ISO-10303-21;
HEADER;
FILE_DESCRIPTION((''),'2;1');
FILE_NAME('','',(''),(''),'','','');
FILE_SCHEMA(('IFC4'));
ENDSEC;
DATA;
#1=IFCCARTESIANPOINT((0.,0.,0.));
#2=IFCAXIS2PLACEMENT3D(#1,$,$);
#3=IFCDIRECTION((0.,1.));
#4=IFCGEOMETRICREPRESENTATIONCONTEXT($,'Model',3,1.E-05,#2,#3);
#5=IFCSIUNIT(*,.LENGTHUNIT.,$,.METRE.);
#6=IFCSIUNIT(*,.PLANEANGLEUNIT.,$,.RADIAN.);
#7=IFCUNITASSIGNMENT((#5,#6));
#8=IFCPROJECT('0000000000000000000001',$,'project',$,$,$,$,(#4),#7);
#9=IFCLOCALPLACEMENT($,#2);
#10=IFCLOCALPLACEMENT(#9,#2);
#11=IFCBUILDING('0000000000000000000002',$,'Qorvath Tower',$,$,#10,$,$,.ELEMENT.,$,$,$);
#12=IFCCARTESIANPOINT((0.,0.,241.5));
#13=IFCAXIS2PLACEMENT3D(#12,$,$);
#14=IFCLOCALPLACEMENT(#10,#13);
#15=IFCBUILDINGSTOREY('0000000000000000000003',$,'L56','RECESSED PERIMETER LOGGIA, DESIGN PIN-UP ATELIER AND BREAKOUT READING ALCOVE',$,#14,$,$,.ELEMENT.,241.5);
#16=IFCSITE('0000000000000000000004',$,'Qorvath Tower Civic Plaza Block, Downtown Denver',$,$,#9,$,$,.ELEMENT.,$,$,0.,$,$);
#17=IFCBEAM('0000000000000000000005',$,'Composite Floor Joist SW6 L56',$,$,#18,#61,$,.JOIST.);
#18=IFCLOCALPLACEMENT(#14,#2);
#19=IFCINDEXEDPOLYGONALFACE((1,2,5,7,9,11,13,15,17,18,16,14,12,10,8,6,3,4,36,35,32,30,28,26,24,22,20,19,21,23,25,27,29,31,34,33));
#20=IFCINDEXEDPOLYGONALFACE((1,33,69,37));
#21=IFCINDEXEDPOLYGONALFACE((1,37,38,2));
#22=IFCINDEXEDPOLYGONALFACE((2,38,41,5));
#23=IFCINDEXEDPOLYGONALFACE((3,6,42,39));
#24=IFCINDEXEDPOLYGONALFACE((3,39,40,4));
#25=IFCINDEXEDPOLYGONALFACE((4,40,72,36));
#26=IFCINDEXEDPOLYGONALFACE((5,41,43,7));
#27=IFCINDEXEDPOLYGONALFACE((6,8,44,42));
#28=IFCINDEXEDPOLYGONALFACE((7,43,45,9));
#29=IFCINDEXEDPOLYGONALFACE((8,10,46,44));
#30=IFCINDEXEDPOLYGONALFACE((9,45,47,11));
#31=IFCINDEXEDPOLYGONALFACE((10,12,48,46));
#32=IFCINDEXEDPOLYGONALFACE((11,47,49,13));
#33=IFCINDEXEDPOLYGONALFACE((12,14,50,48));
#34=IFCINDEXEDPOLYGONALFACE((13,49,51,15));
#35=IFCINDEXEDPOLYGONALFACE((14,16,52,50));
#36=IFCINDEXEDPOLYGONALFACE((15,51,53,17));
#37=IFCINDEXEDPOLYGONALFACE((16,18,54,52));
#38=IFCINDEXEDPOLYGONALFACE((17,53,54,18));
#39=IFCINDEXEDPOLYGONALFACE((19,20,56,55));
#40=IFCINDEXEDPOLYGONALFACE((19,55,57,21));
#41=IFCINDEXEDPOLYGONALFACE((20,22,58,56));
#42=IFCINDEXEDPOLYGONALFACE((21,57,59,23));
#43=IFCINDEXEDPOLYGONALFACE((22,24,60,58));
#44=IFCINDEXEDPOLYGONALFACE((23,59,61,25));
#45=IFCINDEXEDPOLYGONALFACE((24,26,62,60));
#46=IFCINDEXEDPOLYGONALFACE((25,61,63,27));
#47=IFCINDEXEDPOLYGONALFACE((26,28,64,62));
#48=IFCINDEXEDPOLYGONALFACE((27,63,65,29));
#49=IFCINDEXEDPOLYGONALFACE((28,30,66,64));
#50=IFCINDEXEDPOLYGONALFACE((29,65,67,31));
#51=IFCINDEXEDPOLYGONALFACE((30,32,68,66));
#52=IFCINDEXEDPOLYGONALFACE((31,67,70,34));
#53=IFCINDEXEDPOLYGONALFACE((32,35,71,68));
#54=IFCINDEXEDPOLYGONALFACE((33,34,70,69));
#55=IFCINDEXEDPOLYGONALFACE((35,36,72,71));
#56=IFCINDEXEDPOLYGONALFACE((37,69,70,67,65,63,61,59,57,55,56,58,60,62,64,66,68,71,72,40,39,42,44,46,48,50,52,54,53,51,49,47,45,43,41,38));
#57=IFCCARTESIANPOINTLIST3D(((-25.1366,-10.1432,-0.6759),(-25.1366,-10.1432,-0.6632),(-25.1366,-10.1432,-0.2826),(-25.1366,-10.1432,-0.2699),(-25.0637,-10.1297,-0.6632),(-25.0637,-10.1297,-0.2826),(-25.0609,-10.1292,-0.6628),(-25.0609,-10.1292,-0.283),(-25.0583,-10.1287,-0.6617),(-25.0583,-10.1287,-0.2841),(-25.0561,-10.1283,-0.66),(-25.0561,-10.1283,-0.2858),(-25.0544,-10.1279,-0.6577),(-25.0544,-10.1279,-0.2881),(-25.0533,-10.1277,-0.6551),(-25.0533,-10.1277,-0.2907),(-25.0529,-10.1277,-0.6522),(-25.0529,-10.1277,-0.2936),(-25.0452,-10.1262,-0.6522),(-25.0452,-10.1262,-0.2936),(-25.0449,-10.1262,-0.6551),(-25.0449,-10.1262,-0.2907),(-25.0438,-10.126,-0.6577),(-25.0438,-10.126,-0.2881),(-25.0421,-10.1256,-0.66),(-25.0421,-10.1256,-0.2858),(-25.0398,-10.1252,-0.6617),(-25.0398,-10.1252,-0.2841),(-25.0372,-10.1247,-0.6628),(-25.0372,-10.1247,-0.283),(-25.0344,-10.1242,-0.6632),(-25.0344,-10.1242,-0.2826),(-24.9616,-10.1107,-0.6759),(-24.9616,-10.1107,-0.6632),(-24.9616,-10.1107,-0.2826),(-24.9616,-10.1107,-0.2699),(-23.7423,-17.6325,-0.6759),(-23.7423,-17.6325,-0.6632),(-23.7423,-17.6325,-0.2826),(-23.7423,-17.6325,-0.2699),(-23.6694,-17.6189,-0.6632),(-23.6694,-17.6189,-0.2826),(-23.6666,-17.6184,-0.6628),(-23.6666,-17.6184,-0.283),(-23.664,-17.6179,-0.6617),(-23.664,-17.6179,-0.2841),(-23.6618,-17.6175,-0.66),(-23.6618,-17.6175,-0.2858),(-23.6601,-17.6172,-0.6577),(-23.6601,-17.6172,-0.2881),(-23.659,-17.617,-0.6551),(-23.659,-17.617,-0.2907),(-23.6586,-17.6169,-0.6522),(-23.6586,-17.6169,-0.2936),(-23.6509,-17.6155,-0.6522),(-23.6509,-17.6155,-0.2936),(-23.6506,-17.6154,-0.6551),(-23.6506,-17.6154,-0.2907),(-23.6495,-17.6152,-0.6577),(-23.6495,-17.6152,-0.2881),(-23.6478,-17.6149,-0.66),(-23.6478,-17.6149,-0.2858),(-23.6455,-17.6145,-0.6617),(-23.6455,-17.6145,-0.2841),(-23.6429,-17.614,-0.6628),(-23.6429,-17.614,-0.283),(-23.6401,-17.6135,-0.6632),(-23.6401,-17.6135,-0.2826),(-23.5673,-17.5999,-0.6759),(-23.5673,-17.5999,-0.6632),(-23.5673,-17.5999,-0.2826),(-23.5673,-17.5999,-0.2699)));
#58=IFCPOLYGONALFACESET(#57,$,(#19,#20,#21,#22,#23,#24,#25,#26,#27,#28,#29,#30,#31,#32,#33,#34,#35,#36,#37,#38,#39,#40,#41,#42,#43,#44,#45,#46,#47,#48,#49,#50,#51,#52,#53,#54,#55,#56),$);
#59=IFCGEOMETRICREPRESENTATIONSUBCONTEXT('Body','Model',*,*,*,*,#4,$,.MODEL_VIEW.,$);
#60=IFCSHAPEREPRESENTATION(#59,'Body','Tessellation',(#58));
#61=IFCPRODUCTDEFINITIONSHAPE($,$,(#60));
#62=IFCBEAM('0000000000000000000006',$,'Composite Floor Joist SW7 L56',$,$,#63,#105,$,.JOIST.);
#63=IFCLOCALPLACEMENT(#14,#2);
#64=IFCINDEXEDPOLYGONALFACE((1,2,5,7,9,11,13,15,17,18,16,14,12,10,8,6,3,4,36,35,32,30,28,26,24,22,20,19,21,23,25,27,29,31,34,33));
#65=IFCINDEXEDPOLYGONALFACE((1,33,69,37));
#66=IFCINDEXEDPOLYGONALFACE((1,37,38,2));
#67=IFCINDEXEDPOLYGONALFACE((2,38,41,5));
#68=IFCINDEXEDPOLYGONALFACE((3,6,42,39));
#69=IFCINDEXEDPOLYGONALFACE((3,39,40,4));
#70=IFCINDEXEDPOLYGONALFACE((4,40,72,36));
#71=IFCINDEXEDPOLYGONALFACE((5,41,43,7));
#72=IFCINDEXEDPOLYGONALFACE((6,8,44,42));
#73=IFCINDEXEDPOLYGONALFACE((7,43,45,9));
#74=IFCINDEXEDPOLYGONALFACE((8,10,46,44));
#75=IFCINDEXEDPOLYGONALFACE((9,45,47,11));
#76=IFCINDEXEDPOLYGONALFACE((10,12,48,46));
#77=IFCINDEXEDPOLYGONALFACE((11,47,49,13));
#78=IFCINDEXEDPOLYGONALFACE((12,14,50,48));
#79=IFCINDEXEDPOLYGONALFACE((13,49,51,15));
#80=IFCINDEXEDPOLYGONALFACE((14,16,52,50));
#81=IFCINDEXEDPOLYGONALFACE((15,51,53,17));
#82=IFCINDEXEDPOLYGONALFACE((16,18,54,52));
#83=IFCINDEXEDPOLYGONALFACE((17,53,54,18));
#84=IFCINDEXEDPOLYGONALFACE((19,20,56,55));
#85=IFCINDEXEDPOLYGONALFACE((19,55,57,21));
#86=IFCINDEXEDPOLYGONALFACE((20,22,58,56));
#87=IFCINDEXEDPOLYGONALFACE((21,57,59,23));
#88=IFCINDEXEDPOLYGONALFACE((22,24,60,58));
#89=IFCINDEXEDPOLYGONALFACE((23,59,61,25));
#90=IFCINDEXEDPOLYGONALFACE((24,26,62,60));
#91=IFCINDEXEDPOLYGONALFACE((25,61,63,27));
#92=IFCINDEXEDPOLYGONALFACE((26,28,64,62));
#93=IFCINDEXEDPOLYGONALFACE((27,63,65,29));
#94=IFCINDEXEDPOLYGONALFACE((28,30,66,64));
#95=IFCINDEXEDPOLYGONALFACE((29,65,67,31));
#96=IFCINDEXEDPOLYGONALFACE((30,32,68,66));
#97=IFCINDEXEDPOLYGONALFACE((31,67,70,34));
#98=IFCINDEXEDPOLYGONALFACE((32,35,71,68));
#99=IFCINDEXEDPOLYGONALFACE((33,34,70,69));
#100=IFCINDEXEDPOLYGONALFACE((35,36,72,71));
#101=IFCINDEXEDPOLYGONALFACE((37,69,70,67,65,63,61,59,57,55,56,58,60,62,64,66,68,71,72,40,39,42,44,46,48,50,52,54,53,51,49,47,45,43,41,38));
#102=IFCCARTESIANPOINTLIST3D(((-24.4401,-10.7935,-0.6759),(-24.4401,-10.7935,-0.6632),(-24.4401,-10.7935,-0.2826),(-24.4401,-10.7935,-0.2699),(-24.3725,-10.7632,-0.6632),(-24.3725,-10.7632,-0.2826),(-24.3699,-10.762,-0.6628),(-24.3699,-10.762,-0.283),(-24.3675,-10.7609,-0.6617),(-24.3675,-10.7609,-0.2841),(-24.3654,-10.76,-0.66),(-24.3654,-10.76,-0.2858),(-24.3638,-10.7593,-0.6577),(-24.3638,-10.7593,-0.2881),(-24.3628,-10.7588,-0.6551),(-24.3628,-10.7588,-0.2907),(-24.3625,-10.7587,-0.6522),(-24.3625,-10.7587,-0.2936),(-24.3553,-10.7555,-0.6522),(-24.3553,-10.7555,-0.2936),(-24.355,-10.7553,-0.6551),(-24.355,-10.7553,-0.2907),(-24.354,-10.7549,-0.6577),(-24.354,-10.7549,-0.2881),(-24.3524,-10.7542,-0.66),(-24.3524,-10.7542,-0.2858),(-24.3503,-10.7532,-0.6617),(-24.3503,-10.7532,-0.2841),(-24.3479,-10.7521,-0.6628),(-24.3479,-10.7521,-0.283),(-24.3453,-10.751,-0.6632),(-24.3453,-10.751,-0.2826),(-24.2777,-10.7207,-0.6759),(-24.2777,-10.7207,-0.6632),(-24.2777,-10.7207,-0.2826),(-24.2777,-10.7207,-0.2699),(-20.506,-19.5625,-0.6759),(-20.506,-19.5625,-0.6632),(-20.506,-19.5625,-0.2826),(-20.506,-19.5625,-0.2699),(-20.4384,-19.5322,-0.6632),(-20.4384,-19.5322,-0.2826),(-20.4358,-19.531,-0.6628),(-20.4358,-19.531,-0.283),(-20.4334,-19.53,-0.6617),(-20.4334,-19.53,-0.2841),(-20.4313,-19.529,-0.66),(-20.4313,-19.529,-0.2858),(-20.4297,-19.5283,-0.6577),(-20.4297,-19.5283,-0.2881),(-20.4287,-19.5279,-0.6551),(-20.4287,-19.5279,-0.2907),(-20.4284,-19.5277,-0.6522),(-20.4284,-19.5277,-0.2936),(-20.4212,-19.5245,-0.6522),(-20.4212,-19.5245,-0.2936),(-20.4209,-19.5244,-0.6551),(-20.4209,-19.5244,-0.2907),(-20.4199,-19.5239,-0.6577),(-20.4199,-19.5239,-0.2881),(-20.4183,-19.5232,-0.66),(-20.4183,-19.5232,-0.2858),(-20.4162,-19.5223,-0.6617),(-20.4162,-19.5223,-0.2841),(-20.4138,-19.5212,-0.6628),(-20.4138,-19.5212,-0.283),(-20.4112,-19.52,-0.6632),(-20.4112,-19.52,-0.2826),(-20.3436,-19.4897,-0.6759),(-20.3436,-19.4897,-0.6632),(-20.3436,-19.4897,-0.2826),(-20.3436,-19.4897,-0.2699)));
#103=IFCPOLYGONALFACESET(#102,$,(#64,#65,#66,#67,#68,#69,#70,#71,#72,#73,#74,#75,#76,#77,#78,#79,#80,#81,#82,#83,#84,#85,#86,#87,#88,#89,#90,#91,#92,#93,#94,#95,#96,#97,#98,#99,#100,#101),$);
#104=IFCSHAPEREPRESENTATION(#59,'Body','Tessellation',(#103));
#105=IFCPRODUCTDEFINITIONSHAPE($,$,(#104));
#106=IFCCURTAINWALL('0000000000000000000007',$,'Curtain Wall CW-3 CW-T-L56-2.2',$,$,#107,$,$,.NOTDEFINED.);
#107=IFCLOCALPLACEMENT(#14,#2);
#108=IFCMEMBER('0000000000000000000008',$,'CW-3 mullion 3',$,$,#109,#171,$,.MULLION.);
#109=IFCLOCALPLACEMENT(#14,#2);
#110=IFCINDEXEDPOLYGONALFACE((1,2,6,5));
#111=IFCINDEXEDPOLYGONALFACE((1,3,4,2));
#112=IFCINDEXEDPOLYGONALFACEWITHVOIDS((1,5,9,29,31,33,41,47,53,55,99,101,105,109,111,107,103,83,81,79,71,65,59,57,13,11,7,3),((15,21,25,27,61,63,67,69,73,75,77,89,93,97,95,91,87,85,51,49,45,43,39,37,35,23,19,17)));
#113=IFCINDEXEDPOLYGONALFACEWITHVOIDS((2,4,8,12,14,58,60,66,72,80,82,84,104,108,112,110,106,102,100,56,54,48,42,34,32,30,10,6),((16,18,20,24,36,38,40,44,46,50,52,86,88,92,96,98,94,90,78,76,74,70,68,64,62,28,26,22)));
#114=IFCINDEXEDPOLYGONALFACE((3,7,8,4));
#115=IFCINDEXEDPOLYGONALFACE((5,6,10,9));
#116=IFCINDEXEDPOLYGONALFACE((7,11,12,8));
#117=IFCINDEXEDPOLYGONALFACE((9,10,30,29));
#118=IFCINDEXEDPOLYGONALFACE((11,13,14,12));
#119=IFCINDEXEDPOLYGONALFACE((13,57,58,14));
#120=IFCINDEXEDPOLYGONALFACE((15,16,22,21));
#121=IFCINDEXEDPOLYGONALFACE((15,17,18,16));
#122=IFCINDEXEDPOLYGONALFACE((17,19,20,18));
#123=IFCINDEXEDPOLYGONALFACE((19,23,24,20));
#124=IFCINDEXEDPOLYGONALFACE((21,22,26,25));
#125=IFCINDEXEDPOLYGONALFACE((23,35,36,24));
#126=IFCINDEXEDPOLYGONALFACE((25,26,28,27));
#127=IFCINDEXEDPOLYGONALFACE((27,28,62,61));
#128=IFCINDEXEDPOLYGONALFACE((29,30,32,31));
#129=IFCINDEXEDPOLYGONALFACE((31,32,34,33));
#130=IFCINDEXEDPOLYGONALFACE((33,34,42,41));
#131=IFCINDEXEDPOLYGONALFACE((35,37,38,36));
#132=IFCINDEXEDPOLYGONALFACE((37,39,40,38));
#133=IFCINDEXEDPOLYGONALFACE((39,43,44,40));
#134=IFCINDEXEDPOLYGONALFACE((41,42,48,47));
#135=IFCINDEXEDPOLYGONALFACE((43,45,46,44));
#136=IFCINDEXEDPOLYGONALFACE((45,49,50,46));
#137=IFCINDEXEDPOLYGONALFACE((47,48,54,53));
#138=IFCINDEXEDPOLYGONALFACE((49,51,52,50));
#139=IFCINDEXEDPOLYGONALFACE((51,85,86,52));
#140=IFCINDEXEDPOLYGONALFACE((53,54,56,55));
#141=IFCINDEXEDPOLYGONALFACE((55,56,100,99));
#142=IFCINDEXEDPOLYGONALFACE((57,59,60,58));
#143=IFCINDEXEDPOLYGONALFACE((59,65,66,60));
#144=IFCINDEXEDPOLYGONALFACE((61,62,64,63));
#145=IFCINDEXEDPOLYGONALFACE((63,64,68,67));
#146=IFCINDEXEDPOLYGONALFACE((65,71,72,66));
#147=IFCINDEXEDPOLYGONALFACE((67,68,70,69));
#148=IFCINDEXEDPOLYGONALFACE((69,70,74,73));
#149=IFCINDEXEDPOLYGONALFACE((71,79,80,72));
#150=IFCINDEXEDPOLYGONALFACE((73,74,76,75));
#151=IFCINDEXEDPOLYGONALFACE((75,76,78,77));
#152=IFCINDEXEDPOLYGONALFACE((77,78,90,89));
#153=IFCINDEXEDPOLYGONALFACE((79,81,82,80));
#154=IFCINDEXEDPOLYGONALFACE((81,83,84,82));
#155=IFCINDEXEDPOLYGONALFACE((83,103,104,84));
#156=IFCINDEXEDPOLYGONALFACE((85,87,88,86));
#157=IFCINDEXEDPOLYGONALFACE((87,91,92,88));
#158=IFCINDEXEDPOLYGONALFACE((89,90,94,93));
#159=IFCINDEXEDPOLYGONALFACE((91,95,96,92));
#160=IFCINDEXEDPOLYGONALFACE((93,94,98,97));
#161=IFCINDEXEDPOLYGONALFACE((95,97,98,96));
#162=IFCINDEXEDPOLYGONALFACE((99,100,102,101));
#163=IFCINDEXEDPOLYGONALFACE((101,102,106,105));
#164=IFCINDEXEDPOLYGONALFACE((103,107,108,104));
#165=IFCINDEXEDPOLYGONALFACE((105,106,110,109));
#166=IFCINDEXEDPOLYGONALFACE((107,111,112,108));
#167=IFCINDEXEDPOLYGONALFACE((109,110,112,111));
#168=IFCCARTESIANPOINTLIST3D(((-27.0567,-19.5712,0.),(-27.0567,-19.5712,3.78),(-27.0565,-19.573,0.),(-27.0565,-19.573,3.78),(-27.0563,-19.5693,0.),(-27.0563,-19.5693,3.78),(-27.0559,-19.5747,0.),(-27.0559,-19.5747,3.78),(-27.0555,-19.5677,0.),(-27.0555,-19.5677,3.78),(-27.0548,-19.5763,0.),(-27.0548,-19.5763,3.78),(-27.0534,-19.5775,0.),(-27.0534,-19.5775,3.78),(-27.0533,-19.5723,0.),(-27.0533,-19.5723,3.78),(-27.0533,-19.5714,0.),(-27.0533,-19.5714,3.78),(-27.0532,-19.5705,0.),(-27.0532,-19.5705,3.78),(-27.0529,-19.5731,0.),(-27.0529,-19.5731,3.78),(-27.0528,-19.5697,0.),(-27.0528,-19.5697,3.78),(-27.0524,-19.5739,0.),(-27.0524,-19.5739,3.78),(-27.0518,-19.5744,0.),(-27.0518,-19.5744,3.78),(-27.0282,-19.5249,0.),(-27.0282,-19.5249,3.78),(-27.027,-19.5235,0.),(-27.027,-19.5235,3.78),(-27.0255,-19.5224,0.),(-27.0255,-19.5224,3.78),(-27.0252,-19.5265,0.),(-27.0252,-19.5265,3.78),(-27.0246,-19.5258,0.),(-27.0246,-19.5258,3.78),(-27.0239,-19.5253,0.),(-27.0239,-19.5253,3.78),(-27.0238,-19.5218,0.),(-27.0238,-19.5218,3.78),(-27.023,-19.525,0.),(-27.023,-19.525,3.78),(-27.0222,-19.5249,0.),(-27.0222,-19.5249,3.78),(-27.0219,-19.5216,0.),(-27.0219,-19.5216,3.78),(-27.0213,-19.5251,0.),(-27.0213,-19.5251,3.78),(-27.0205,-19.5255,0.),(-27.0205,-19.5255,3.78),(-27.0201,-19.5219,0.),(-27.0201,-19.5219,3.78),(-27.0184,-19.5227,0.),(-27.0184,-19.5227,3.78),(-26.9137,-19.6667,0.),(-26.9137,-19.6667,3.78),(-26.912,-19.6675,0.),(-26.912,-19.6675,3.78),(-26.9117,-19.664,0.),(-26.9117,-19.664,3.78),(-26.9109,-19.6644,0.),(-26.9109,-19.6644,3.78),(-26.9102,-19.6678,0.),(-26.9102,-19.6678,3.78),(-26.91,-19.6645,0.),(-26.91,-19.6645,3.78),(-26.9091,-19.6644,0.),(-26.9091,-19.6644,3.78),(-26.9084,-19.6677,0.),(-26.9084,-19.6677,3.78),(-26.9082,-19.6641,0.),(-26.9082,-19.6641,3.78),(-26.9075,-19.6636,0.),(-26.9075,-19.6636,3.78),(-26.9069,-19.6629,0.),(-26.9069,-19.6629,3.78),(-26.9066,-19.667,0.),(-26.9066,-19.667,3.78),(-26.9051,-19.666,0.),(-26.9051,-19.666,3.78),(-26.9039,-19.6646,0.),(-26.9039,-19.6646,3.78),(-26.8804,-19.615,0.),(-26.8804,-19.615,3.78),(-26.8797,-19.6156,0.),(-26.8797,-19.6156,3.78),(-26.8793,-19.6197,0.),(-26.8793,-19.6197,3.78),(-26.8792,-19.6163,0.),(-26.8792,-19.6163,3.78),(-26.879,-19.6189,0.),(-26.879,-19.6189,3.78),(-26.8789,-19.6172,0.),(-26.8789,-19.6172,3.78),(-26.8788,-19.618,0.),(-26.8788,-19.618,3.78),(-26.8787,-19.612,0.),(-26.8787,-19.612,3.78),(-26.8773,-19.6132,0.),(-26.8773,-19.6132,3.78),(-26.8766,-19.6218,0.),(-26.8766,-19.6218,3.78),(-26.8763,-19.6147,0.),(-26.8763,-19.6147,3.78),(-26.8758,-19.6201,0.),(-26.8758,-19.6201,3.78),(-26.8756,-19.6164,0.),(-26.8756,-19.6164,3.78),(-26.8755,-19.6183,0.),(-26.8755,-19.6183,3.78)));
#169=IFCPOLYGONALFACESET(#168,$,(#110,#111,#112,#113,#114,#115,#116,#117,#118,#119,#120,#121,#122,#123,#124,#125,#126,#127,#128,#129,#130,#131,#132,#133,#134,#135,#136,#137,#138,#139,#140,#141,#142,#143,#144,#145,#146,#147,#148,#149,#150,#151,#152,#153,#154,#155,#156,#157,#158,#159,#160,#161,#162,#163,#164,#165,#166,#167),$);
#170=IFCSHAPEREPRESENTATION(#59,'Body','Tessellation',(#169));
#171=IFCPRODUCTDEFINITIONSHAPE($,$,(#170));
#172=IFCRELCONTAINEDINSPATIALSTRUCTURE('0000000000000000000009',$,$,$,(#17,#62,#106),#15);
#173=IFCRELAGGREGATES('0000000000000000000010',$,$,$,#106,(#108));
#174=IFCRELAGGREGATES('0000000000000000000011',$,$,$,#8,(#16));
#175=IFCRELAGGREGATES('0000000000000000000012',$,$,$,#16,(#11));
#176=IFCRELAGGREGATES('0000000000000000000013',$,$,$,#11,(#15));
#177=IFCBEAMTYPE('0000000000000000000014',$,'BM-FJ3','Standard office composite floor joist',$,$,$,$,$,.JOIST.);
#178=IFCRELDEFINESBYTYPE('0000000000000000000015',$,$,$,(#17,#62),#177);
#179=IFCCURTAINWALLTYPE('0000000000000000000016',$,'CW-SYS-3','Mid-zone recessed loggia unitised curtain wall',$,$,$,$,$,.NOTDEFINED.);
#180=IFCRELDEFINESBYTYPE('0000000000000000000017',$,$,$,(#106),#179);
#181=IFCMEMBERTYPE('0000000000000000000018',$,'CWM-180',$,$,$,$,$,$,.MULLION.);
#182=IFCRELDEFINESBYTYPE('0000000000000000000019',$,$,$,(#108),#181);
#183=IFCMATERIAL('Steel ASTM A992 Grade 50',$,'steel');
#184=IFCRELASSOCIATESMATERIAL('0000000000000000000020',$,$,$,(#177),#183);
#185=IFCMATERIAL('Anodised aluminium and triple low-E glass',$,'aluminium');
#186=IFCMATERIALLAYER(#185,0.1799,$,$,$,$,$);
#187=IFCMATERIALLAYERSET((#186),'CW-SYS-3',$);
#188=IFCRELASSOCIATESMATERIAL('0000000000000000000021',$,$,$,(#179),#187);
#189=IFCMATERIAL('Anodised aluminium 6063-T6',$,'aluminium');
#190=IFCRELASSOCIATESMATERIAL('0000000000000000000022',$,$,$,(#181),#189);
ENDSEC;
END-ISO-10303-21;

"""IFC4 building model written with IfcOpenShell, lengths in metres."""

from ifc_helpers import new_model, si_unit, direction, frame, origin, origin_2d, place, context, subcontext, project, spatial, hollow_rectangle, i_section, extrude, material, layer, layer_set, material_profile, profile_set, type_object, element, aggregate, save


model = new_model("IFC4")

# Units and contexts
model_context = context("Model", 3, precision=1e-05, world=origin(), true_north=direction((0.0, 1.0)))
body_context = subcontext(model_context, "Body", "Model", "MODEL_VIEW")
ifc_project = project(units=[si_unit("LENGTHUNIT", "METRE"), si_unit("PLANEANGLEUNIT", "RADIAN")], contexts=[model_context])

# Site, building, storey
site_placement = place(None, origin())
site = spatial("IfcSite", under=ifc_project, at=site_placement, Name="Qorvath Tower Civic Plaza Block, Downtown Denver", CompositionType="ELEMENT", RefElevation=0.0)
building_placement = place(site_placement, origin())
building = spatial("IfcBuilding", under=site, at=building_placement, Name="Qorvath Tower", CompositionType="ELEMENT")
storey_placement = place(building_placement, frame((0.0, 0.0, 241.5)))
storey = spatial("IfcBuildingStorey", under=building, at=storey_placement, Name="L56", Description="RECESSED PERIMETER LOGGIA, DESIGN PIN-UP ATELIER AND BREAKOUT READING ALCOVE", CompositionType="ELEMENT", Elevation=241.5)

# Beams
ifc_material_1 = material(Name="Steel ASTM A992 Grade 50", Category="steel")
ifc_material_profile_1 = material_profile(ifc_material_1, i_section(OverallWidth=0.178, OverallDepth=0.406, WebThickness=0.0078, FlangeThickness=0.0127, FilletRadius=0.011, at=origin_2d()), Name="W16x40")
ifc_profile_set_1 = profile_set([ifc_material_profile_1], Name="Steel ASTM A992 Grade 50")
beam_type_1 = type_object("IfcBeamType", Name="BM-FJ3", Description="Standard office composite floor joist", PredefinedType="JOIST", material=ifc_profile_set_1)
beam_1_placement = place(storey_placement, frame((-25.0491, -10.127, -0.4729), z_axis=(0.183027, -0.983108, 0.0), x_axis=(0.983108, 0.183027, 0.0)))
element("IfcBeam", 1, at=beam_1_placement, inside=storey, type_object=beam_type_1, Name="Composite Floor Joist SW6 L56", PredefinedType="JOIST", context=body_context, shape_type="SweptSolid", body=[
    extrude(i_section(OverallWidth=0.178, OverallDepth=0.406, WebThickness=0.0078, FlangeThickness=0.0127, FilletRadius=0.011, at=origin_2d()), origin(), (0.0, 0.0, 1.0), 7.6179),
])
beam_2_placement = place(storey_placement, frame((-24.3589, -10.7571, -0.4729), z_axis=(0.409327, -0.912388, 0.0), x_axis=(0.912388, 0.409327, 0.0)))
element("IfcBeam", 2, at=beam_2_placement, inside=storey, type_object=beam_type_1, Name="Composite Floor Joist SW7 L56", PredefinedType="JOIST", context=body_context, shape_type="SweptSolid", body=[
    extrude(i_section(OverallWidth=0.178, OverallDepth=0.406, WebThickness=0.0078, FlangeThickness=0.0127, FilletRadius=0.011, at=origin_2d()), origin(), (0.0, 0.0, 1.0), 9.6111),
])

# Curtain wall, member
ifc_material_2 = material(Name="Anodised aluminium and triple low-E glass", Category="aluminium")
ifc_layer_1 = layer(ifc_material_2, 0.1799)
ifc_layer_set_1 = layer_set([ifc_layer_1], Name="CW-SYS-3")
curtain_wall_type = type_object("IfcCurtainWallType", Name="CW-SYS-3", Description="Mid-zone recessed loggia unitised curtain wall", PredefinedType="NOTDEFINED", material=ifc_layer_set_1)
curtain_wall_placement = place(storey_placement, origin())
curtain_wall = element("IfcCurtainWall", 3, at=curtain_wall_placement, inside=storey, type_object=curtain_wall_type, Name="Curtain Wall CW-3 CW-T-L56-2.2", PredefinedType="NOTDEFINED")
ifc_material_3 = material(Name="Anodised aluminium 6063-T6", Category="aluminium")
ifc_material_profile_2 = material_profile(ifc_material_3, hollow_rectangle(XDim=0.0649, YDim=0.1799, WallThickness=0.0034, InnerFilletRadius=0.0034, OuterFilletRadius=0.0071, at=origin_2d()), Name="CWM 180x65")
ifc_profile_set_2 = profile_set([ifc_material_profile_2], Name="Anodised aluminium 6063-T6")
member_type_1 = type_object("IfcMemberType", Name="CWM-180", PredefinedType="MULLION", material=ifc_profile_set_2)
member_1_placement = place(storey_placement, frame((-26.9661, -19.5947, 0.0), z_axis=(0.0, 0.0, 1.0), x_axis=(0.53853, 0.842606, 0.0)))
member_1 = element("IfcMember", 4, at=member_1_placement, type_object=member_type_1, Name="CW-3 mullion 3", PredefinedType="MULLION", context=body_context, shape_type="SweptSolid", body=[
    extrude(hollow_rectangle(XDim=0.0649, YDim=0.1799, WallThickness=0.0034, InnerFilletRadius=0.0034, OuterFilletRadius=0.0071, at=origin_2d()), origin(), (0.0, 0.0, 1.0), 3.78),
])
aggregate(curtain_wall, [member_1])

save(model, "model.ifc")
